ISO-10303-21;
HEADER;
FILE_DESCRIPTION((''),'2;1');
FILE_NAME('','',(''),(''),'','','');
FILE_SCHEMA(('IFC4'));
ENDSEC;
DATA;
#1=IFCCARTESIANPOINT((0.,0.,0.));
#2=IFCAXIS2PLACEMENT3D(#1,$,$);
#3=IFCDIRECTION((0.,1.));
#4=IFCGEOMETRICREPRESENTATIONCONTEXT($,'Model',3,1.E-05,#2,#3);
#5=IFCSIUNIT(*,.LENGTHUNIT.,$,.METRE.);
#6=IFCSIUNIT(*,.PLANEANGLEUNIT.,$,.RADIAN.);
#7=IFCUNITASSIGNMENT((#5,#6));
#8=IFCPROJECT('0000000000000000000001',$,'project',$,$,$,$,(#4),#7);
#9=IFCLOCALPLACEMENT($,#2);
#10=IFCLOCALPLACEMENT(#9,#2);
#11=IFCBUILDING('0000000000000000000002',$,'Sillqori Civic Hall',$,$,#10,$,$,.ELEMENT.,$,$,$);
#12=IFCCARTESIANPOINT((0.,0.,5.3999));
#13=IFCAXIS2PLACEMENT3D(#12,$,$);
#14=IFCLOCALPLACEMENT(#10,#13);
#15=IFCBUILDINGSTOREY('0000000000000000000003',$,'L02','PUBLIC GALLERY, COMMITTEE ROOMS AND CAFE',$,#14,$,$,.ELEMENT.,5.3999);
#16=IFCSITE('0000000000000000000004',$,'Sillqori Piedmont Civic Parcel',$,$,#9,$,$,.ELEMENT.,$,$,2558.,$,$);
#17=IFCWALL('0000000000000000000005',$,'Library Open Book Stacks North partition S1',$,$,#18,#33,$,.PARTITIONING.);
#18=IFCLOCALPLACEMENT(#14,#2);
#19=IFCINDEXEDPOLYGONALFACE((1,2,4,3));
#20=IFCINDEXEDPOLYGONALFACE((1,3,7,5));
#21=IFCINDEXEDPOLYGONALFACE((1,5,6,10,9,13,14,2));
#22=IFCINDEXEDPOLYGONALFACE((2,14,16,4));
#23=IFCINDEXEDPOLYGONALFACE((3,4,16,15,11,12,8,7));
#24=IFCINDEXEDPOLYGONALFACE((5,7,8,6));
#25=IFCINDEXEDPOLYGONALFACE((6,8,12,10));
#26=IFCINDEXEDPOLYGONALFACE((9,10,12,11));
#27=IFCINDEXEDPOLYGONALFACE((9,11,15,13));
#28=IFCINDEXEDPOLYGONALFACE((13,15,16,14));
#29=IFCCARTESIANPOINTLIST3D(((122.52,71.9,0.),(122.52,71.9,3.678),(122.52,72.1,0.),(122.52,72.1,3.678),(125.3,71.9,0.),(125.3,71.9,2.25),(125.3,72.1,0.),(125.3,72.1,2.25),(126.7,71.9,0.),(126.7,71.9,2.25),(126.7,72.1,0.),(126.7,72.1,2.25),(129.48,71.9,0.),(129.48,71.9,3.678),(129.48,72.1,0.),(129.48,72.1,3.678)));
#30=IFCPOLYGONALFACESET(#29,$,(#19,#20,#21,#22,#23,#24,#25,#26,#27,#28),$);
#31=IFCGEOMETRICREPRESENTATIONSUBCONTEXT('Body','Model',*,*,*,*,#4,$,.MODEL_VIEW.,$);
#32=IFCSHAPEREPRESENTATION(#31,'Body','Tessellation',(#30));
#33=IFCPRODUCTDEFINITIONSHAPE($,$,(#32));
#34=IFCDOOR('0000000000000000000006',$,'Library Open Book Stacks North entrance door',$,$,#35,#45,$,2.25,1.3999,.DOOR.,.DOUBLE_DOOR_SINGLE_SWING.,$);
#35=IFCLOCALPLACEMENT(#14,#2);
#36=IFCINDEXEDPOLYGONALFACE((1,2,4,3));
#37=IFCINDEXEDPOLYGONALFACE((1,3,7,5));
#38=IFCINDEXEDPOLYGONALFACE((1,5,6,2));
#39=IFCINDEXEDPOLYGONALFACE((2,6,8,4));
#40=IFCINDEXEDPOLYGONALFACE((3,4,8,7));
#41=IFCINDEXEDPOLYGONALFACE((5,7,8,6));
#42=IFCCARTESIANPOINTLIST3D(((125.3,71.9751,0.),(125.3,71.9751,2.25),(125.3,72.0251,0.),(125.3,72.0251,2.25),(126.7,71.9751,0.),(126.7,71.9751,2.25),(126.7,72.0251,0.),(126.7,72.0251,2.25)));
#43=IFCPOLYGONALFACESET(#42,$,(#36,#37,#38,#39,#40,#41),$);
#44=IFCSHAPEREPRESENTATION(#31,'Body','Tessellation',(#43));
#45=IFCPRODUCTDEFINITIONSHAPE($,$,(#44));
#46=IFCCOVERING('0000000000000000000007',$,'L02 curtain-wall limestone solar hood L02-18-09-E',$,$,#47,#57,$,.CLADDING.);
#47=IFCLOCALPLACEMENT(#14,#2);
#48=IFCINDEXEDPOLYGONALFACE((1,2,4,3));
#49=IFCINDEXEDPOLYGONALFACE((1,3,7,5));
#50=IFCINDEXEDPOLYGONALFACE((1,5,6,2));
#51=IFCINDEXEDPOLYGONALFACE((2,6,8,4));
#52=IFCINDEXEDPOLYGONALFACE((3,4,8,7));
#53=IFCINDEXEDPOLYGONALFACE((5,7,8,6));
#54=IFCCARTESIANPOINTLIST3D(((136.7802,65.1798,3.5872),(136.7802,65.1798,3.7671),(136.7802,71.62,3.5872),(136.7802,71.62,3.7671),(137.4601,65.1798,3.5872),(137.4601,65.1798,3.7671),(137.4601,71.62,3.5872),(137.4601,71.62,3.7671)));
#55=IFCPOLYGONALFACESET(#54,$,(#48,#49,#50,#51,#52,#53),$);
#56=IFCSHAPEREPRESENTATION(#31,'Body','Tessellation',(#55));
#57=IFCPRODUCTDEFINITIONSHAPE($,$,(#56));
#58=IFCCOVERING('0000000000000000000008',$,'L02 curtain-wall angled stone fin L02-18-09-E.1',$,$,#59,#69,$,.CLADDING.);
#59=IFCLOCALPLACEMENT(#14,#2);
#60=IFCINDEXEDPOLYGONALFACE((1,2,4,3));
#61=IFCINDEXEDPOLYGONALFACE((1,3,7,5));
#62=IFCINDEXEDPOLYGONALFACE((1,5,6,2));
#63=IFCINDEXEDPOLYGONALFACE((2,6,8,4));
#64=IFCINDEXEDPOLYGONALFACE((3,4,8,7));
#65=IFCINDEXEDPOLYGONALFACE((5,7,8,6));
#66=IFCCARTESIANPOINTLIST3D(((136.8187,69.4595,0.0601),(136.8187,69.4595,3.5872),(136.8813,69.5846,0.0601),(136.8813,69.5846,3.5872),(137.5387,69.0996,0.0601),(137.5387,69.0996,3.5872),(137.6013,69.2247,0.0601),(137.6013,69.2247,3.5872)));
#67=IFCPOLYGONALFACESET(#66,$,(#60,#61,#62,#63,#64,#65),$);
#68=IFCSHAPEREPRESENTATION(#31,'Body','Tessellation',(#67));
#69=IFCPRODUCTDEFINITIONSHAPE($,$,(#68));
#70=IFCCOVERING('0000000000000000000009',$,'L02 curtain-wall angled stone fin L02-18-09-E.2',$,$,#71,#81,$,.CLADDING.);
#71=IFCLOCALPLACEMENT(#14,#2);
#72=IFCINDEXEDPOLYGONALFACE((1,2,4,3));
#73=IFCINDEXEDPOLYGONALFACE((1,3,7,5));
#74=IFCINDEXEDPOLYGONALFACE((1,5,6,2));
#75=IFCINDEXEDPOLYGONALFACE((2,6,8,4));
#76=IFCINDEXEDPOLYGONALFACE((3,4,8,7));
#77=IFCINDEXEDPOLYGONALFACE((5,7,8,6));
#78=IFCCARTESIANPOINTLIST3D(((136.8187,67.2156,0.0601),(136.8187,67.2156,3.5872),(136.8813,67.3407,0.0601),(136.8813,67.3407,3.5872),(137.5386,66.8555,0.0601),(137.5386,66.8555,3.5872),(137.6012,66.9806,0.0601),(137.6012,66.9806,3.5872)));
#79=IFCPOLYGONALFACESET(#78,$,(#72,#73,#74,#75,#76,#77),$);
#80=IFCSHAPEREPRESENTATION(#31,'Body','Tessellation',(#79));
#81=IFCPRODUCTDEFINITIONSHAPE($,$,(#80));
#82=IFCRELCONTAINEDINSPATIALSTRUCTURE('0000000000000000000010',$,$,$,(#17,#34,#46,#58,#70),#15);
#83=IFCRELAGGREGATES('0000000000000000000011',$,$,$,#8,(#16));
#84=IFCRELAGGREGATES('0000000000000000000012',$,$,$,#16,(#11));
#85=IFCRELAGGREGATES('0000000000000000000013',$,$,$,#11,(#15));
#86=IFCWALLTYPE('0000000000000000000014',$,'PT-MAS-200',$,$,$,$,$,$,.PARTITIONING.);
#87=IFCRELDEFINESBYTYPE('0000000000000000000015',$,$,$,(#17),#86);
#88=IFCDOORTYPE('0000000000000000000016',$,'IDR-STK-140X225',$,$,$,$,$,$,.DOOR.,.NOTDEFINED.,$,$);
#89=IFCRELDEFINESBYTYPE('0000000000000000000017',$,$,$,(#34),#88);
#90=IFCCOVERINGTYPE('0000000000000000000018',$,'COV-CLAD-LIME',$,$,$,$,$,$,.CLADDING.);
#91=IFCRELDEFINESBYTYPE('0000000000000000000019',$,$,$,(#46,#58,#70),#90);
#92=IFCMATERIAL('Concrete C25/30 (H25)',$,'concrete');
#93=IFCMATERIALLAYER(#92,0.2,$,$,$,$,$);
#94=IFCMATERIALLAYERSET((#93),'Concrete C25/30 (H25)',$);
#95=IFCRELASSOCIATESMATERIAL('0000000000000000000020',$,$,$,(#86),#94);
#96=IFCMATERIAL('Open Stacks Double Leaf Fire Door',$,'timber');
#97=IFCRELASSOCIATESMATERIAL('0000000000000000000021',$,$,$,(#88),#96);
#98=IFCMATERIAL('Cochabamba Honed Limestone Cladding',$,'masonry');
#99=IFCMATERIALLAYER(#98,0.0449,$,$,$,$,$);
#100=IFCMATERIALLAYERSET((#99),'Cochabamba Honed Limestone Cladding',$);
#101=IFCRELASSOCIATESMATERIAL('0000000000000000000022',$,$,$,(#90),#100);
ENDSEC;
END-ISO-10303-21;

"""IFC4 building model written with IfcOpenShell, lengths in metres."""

from ifc_helpers import new_model, si_unit, direction, frame, frame_2d, origin, place, context, subcontext, project, spatial, rectangle, extrude, material, layer, layer_set, type_object, element, fill, save


model = new_model("IFC4")

# Units and contexts
model_context = context("Model", 3, precision=1e-05, world=origin(), true_north=direction((0.0, 1.0)))
body_context = subcontext(model_context, "Body", "Model", "MODEL_VIEW")
ifc_project = project(units=[si_unit("LENGTHUNIT", "METRE"), si_unit("PLANEANGLEUNIT", "RADIAN")], contexts=[model_context])

# Site, building, storey
site_placement = place(None, origin())
site = spatial("IfcSite", under=ifc_project, at=site_placement, Name="Sillqori Piedmont Civic Parcel", CompositionType="ELEMENT", RefElevation=2558.0)
building_placement = place(site_placement, origin())
building = spatial("IfcBuilding", under=site, at=building_placement, Name="Sillqori Civic Hall", CompositionType="ELEMENT")
storey_placement = place(building_placement, frame((0.0, 0.0, 5.3999)))
storey = spatial("IfcBuildingStorey", under=building, at=storey_placement, Name="L02", Description="PUBLIC GALLERY, COMMITTEE ROOMS AND CAFE", CompositionType="ELEMENT", Elevation=5.3999)

# Wall, opening, door
ifc_material_1 = material(Name="Concrete C25/30 (H25)", Category="concrete")
ifc_layer_1 = layer(ifc_material_1, 0.2)
ifc_layer_set_1 = layer_set([ifc_layer_1], Name="Concrete C25/30 (H25)")
wall_type = type_object("IfcWallType", Name="PT-MAS-200", PredefinedType="PARTITIONING", material=ifc_layer_set_1)
wall_placement = place(storey_placement, frame((129.48, 72.0, 0.0), z_axis=(0.0, 0.0, 1.0), x_axis=(-1.0, 0.0, 0.0)))
wall = element("IfcWall", 1, at=wall_placement, inside=storey, type_object=wall_type, Name="Library Open Book Stacks North partition S1", PredefinedType="PARTITIONING", context=body_context, shape_type="SweptSolid", body=[
    extrude(rectangle(XDim=6.96, YDim=0.2, at=frame_2d((3.48, 0.0))), origin(), (0.0, 0.0, 1.0), 3.678),
])
opening_placement = place(wall_placement, frame((2.78, 0.0, 0.0)))
opening = element("IfcOpeningElement", 2, at=opening_placement, cuts=wall, PredefinedType="OPENING", context=body_context, shape_type="SweptSolid", body=[
    extrude(rectangle(XDim=1.3999, YDim=2.25, at=frame_2d((0.7, 1.125))), frame((0.0, 0.1099, 0.0), z_axis=(0.0, -1.0, 0.0), x_axis=(1.0, 0.0, 0.0)), (0.0, 0.0, 1.0), 0.22),
])
ifc_material_2 = material(Name="Open Stacks Double Leaf Fire Door", Category="timber")
door_type = type_object("IfcDoorType", Name="IDR-STK-140X225", OperationType="NOTDEFINED", PredefinedType="DOOR", material=ifc_material_2)
door_placement = place(opening_placement, origin())
door = element("IfcDoor", 3, at=door_placement, inside=storey, type_object=door_type, Name="Library Open Book Stacks North entrance door", OperationType="DOUBLE_DOOR_SINGLE_SWING", OverallHeight=2.25, OverallWidth=1.3999, PredefinedType="DOOR", context=body_context, shape_type="SweptSolid", body=[
    extrude(rectangle(XDim=1.3999, YDim=2.25, at=frame_2d((0.7, 1.125))), frame((0.0, 0.0249, 0.0), z_axis=(0.0, -1.0, 0.0), x_axis=(1.0, 0.0, 0.0)), (0.0, 0.0, 1.0), 0.05),
])
fill(opening, door)

# Coverings
ifc_material_3 = material(Name="Cochabamba Honed Limestone Cladding", Category="masonry")
ifc_layer_2 = layer(ifc_material_3, 0.0449)
ifc_layer_set_2 = layer_set([ifc_layer_2], Name="Cochabamba Honed Limestone Cladding")
covering_type = type_object("IfcCoveringType", Name="COV-CLAD-LIME", PredefinedType="CLADDING", material=ifc_layer_set_2)
covering_placement = place(storey_placement, frame((137.1201, 71.6201, 3.5872), z_axis=(0.0, 0.0, 1.0), x_axis=(0.0, -1.0, 0.0)))
element("IfcCovering", 4, at=covering_placement, inside=storey, type_object=covering_type, Name="L02 curtain-wall limestone solar hood L02-18-09-E", PredefinedType="CLADDING", context=body_context, shape_type="SweptSolid", body=[
    extrude(rectangle(XDim=6.4402, YDim=0.6799, at=frame_2d((3.2202, 0.0))), origin(), (0.0, 0.0, 1.0), 0.1799),
])
for number, where, z_axis, x_axis, name in (
    (5, (136.8501, 69.522, 0.0601), (0.0, 0.0, 1.0), (0.894488, -0.447092, 0.0), "L02 curtain-wall angled stone fin L02-18-09-E.1"),
    (6, (136.8501, 67.2781, 0.0601), (0.0, 0.0, 1.0), (0.894367, -0.447335, 0.0), "L02 curtain-wall angled stone fin L02-18-09-E.2"),
):
    element("IfcCovering", number, at=place(storey_placement, frame(where, z_axis=z_axis, x_axis=x_axis)), inside=storey, type_object=covering_type, Name=name, PredefinedType="CLADDING", context=body_context, shape_type="SweptSolid", body=[
        extrude(rectangle(XDim=0.8049, YDim=0.1399, at=frame_2d((0.4023, 0.0))), origin(), (0.0, 0.0, 1.0), 3.5271),
    ])

save(model, "model.ifc")
